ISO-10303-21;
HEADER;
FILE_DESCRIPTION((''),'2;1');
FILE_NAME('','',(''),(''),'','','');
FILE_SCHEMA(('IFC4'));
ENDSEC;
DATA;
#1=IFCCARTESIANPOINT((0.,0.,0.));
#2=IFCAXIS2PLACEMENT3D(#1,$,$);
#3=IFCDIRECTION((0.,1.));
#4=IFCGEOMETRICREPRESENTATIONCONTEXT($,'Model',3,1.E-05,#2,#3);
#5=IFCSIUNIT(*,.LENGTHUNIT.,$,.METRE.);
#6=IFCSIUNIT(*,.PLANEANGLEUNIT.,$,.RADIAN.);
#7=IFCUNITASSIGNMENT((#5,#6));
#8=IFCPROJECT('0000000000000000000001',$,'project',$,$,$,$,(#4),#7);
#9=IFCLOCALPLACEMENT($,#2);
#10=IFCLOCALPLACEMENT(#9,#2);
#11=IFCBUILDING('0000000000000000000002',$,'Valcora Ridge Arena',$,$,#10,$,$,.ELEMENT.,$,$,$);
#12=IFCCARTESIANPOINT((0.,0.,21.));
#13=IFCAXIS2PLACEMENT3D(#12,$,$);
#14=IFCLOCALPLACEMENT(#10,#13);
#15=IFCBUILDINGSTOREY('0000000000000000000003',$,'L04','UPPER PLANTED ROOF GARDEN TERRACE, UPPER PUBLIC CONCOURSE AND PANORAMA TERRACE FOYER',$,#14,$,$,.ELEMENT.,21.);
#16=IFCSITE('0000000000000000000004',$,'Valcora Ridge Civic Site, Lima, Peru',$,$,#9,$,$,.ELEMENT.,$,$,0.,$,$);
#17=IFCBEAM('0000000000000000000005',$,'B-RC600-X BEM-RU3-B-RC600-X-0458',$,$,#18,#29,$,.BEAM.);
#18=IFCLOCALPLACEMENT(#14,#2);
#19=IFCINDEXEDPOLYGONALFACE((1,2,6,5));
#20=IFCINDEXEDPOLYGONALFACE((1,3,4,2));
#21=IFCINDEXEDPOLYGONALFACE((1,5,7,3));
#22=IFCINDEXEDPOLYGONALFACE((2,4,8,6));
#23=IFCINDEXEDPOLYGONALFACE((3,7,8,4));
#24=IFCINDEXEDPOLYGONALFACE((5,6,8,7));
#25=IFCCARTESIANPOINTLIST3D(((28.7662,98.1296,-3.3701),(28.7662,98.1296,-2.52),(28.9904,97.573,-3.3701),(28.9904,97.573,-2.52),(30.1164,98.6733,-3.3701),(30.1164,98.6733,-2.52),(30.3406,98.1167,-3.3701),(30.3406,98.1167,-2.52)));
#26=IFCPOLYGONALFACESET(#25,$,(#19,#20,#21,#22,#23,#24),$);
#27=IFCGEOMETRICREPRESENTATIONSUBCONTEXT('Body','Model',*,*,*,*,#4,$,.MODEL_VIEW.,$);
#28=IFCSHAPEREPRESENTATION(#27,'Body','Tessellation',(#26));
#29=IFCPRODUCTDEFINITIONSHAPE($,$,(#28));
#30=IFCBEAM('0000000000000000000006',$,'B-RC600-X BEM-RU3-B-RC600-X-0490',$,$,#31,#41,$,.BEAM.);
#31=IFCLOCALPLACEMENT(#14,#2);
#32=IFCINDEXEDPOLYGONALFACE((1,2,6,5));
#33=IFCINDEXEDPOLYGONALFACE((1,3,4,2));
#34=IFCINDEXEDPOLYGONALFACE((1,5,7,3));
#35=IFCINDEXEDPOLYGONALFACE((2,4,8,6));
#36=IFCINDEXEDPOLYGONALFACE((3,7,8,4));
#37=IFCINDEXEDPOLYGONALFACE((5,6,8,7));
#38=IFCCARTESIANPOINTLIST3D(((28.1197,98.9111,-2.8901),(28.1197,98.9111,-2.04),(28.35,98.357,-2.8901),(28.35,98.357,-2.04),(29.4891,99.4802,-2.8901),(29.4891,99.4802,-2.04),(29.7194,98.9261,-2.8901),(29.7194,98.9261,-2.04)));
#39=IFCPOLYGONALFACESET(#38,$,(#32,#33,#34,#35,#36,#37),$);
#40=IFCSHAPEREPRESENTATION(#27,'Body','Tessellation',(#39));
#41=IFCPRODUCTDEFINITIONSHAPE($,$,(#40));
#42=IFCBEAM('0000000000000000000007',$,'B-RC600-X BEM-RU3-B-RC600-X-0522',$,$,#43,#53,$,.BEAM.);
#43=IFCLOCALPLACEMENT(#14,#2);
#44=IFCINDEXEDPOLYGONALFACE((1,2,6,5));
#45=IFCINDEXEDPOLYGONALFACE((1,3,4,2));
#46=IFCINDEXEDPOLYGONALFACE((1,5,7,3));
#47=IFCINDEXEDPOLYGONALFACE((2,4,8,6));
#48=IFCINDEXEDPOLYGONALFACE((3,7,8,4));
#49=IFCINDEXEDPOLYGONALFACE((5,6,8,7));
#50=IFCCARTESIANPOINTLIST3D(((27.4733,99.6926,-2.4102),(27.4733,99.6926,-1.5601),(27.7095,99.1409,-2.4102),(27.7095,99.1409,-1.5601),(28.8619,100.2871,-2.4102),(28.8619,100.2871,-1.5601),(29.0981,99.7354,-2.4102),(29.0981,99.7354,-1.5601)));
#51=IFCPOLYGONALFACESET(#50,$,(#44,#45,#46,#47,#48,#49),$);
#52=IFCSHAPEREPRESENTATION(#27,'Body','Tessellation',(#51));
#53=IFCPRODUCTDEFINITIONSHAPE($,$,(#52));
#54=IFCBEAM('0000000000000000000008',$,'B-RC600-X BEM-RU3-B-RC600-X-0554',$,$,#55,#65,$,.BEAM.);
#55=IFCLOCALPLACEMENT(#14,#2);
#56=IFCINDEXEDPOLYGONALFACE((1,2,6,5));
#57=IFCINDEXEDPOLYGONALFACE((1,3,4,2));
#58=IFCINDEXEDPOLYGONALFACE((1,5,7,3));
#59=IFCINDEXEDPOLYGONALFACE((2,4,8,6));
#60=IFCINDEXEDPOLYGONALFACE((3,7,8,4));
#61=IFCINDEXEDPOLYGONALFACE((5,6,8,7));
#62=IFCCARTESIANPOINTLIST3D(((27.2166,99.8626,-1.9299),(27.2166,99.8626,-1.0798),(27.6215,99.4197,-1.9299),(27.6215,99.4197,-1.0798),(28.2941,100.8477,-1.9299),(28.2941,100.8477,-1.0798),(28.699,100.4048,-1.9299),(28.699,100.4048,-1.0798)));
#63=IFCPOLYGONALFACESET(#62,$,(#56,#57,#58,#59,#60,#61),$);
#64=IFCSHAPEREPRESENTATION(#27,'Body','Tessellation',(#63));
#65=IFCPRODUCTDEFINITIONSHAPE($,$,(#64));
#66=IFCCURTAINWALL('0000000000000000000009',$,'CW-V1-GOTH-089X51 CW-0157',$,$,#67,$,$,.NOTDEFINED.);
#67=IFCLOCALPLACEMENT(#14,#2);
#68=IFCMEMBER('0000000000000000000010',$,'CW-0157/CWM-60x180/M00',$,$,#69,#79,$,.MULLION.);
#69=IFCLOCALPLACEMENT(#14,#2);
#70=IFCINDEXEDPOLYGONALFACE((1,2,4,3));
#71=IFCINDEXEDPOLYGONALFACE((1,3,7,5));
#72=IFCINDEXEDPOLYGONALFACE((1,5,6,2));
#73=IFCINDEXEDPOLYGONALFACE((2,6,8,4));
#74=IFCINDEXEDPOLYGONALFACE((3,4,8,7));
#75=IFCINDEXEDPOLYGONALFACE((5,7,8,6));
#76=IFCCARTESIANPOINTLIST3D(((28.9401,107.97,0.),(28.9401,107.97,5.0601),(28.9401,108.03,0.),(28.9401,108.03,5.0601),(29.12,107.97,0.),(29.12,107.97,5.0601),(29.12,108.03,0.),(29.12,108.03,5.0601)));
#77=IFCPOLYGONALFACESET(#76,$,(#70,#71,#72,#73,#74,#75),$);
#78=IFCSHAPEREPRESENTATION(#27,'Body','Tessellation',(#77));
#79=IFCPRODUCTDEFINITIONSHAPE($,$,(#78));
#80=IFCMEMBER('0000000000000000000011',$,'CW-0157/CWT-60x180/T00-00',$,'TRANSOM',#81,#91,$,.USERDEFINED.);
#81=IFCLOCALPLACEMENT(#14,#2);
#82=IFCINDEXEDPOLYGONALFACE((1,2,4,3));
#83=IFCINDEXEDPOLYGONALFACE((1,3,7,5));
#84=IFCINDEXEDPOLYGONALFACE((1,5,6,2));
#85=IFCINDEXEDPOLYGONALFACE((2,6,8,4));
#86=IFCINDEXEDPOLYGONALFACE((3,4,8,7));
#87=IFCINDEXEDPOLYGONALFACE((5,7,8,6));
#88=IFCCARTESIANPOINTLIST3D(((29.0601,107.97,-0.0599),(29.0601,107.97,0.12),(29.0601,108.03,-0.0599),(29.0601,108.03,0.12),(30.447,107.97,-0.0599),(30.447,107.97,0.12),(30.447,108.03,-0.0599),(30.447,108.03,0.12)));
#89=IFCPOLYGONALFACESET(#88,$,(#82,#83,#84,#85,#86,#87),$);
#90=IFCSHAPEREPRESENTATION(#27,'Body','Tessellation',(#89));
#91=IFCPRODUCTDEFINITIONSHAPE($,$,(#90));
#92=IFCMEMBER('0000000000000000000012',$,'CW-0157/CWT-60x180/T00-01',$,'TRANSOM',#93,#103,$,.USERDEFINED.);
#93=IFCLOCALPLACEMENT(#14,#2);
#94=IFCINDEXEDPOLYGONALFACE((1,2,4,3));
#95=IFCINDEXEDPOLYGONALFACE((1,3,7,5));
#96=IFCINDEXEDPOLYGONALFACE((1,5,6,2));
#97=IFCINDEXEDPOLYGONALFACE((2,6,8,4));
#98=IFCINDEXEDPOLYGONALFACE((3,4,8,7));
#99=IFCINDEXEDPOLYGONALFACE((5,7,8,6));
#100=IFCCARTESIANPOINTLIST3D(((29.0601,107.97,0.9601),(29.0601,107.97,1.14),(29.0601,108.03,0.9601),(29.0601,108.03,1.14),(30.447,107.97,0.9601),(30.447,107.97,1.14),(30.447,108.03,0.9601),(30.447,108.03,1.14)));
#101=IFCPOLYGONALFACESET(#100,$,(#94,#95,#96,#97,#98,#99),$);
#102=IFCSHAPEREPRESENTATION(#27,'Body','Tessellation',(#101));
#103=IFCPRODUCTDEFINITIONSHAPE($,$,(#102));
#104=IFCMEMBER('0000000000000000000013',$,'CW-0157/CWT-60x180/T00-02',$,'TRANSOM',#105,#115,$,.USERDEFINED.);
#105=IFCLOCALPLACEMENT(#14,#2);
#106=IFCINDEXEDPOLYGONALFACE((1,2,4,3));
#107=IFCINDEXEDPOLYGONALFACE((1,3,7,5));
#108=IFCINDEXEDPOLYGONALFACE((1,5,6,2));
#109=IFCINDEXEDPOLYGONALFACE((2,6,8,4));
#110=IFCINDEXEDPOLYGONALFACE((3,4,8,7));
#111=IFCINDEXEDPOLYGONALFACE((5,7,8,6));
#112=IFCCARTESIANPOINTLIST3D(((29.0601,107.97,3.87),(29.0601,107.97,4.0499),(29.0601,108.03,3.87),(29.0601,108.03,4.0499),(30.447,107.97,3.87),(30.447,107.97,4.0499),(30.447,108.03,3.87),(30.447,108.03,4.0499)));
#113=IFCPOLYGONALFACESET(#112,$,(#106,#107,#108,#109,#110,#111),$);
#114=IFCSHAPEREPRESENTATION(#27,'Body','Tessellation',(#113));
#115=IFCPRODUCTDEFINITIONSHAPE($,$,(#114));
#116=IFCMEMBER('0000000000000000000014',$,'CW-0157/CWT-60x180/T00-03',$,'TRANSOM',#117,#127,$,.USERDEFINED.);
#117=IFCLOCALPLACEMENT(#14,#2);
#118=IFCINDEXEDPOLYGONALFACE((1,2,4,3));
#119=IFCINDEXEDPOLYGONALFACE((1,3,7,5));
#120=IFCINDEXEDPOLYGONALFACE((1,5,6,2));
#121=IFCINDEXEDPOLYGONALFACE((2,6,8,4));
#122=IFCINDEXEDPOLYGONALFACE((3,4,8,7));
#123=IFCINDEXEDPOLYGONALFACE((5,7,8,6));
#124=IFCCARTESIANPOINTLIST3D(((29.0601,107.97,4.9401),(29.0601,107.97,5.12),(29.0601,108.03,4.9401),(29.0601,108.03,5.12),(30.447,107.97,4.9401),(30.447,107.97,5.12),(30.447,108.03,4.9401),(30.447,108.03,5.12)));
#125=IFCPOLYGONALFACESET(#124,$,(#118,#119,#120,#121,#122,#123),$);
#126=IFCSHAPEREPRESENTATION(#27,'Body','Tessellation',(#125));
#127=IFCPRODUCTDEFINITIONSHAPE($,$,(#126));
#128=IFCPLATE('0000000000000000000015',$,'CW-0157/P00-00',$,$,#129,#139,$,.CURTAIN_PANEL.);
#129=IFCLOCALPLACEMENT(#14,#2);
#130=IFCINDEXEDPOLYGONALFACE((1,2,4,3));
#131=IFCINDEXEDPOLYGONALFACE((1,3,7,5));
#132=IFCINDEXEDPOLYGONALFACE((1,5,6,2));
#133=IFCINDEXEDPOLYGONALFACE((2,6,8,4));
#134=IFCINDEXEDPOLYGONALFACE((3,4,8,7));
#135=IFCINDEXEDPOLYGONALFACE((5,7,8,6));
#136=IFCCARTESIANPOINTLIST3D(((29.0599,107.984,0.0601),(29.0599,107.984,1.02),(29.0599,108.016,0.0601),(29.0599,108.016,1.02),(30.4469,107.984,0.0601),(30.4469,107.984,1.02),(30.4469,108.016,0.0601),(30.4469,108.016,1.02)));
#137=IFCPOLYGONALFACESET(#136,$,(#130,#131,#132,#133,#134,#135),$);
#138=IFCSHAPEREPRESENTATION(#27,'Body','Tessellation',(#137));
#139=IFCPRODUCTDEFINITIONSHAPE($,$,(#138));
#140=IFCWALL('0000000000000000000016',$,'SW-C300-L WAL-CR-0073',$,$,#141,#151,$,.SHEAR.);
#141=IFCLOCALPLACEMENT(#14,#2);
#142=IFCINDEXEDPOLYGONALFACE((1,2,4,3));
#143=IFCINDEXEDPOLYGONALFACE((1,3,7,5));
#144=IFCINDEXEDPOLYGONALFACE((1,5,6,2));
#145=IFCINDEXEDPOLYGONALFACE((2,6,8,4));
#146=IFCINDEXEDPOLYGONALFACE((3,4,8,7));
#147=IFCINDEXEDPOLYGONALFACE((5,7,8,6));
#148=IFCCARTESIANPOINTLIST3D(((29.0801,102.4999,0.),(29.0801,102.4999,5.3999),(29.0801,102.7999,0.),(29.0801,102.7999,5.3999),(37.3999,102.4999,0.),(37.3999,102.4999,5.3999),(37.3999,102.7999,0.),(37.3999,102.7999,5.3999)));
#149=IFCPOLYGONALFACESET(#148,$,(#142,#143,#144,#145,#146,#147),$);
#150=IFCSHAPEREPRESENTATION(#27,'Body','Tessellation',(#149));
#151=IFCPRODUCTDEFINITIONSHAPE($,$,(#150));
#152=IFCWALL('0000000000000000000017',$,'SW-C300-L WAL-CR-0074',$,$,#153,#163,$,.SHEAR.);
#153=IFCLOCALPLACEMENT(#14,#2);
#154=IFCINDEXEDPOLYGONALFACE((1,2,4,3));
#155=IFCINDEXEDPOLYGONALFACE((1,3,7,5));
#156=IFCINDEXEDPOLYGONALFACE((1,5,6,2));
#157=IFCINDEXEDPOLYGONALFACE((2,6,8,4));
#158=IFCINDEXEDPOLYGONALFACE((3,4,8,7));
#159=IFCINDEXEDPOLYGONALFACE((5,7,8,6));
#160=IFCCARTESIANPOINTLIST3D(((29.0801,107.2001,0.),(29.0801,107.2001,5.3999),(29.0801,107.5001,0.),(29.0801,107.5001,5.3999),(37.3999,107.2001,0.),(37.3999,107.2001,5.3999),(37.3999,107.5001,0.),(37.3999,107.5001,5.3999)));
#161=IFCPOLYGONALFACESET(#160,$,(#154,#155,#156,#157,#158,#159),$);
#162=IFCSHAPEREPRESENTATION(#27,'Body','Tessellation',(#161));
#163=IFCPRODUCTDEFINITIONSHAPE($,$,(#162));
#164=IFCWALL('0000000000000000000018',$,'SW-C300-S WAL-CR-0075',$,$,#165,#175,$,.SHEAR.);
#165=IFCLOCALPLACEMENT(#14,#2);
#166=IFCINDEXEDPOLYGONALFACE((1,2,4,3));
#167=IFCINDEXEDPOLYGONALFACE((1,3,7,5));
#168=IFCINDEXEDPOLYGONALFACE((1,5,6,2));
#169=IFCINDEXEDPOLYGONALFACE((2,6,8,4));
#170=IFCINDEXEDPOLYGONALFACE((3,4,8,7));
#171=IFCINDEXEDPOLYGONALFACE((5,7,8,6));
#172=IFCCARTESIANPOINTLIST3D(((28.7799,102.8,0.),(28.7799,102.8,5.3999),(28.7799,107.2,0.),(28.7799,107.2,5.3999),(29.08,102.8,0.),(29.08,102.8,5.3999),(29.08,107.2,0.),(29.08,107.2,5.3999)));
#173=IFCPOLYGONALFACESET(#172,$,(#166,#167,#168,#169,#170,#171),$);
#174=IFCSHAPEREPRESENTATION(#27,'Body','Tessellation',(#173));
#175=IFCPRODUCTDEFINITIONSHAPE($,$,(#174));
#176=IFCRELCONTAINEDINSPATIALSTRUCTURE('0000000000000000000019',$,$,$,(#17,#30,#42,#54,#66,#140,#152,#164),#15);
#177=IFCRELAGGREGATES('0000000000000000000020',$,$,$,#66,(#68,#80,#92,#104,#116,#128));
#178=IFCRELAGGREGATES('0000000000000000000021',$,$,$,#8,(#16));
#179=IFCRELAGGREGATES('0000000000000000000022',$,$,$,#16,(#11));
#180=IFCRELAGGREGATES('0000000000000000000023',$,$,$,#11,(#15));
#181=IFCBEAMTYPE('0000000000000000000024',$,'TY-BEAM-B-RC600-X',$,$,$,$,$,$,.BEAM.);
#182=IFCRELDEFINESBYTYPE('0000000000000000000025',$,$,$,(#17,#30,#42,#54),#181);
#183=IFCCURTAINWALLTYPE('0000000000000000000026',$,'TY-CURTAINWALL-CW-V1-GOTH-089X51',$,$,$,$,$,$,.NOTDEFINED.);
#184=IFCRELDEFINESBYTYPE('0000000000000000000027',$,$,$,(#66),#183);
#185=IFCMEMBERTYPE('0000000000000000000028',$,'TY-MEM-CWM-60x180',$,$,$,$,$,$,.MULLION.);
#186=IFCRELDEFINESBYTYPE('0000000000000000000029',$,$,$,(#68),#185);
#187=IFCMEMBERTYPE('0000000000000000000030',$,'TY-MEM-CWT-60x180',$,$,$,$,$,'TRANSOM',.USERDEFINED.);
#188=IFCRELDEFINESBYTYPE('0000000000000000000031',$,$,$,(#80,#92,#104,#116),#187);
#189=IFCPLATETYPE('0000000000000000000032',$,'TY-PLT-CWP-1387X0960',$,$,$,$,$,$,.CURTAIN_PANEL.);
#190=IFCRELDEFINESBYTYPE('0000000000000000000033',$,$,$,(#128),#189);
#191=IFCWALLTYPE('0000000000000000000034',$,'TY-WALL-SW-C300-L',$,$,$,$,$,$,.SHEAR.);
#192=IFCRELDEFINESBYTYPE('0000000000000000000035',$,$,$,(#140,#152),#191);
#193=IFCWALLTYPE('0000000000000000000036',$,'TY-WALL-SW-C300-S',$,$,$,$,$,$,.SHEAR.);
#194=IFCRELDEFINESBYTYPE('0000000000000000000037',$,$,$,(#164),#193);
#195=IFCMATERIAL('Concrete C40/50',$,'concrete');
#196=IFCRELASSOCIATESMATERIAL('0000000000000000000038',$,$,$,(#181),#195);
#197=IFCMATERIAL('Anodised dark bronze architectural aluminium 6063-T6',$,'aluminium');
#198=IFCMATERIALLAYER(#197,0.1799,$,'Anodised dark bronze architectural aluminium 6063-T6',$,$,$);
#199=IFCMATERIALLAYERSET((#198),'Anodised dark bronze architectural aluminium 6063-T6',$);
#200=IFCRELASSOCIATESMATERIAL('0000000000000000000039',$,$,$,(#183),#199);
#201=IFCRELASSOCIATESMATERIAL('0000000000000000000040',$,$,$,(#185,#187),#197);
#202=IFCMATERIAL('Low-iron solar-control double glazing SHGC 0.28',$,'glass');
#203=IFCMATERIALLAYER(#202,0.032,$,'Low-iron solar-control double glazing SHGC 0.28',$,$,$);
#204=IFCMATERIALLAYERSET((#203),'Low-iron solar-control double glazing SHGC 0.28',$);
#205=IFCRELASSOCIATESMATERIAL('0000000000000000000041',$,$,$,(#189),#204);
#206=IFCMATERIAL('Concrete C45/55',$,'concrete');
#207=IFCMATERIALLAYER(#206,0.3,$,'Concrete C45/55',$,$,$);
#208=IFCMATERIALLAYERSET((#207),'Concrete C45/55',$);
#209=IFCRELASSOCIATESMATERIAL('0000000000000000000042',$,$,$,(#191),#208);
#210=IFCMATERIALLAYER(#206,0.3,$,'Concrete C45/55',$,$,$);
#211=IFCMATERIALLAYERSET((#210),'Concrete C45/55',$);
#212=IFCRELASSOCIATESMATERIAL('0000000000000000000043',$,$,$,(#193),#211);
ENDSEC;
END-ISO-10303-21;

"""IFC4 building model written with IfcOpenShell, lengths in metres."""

from ifc_helpers import new_model, si_unit, direction, frame, frame_2d, origin, origin_2d, place, context, subcontext, project, spatial, rectangle, extrude, material, layer, layer_set, material_profile, profile_set, type_object, element, aggregate, save


model = new_model("IFC4")

# Units and contexts
model_context = context("Model", 3, precision=1e-05, world=origin(), true_north=direction((0.0, 1.0)))
body_context = subcontext(model_context, "Body", "Model", "MODEL_VIEW")
ifc_project = project(units=[si_unit("LENGTHUNIT", "METRE"), si_unit("PLANEANGLEUNIT", "RADIAN")], contexts=[model_context])

# Site, building, storey
site_placement = place(None, origin())
site = spatial("IfcSite", under=ifc_project, at=site_placement, Name="Valcora Ridge Civic Site, Lima, Peru", CompositionType="ELEMENT", RefElevation=0.0)
building_placement = place(site_placement, origin())
building = spatial("IfcBuilding", under=site, at=building_placement, Name="Valcora Ridge Arena", CompositionType="ELEMENT")
storey_placement = place(building_placement, frame((0.0, 0.0, 21.0)))
storey = spatial("IfcBuildingStorey", under=building, at=storey_placement, Name="L04", Description="UPPER PLANTED ROOF GARDEN TERRACE, UPPER PUBLIC CONCOURSE AND PANORAMA TERRACE FOYER", CompositionType="ELEMENT", Elevation=21.0)

# Beams
ifc_material_1 = material(Name="Concrete C40/50", Category="concrete")
ifc_material_profile_1 = material_profile(ifc_material_1, rectangle(XDim=0.6001, YDim=0.8501, at=origin_2d()), Name="RC 600x850")
ifc_profile_set_1 = profile_set([ifc_material_profile_1], Name="Concrete C40/50")
beam_type = type_object("IfcBeamType", Name="TY-BEAM-B-RC600-X", PredefinedType="BEAM", material=ifc_profile_set_1)
beam_1_placement = place(storey_placement, frame((30.2285, 98.395, -2.9451), z_axis=(-0.927607, -0.373559, 0.0), x_axis=(0.373559, -0.927607, 0.0)))
element("IfcBeam", 1, at=beam_1_placement, inside=storey, type_object=beam_type, Name="B-RC600-X BEM-RU3-B-RC600-X-0458", PredefinedType="BEAM", context=body_context, shape_type="SweptSolid", body=[
    extrude(rectangle(XDim=0.6001, YDim=0.8501, at=origin_2d()), origin(), (0.0, 0.0, 1.0), 1.4556),
])
beam_2_placement = place(storey_placement, frame((29.6042, 99.2031, -2.4651), z_axis=(-0.923432, -0.383762, 0.0), x_axis=(0.383762, -0.923432, 0.0)))
element("IfcBeam", 2, at=beam_2_placement, inside=storey, type_object=beam_type, Name="B-RC600-X BEM-RU3-B-RC600-X-0490", PredefinedType="BEAM", context=body_context, shape_type="SweptSolid", body=[
    extrude(rectangle(XDim=0.6001, YDim=0.8501, at=origin_2d()), origin(), (0.0, 0.0, 1.0), 1.4829),
])
beam_3_placement = place(storey_placement, frame((28.98, 100.0112, -1.9851), z_axis=(-0.919304, -0.393549, 0.0), x_axis=(0.393549, -0.919304, 0.0)))
element("IfcBeam", 3, at=beam_3_placement, inside=storey, type_object=beam_type, Name="B-RC600-X BEM-RU3-B-RC600-X-0522", PredefinedType="BEAM", context=body_context, shape_type="SweptSolid", body=[
    extrude(rectangle(XDim=0.6001, YDim=0.8501, at=origin_2d()), origin(), (0.0, 0.0, 1.0), 1.5105),
])
beam_4_placement = place(storey_placement, frame((28.4966, 100.6262, -1.5049), z_axis=(-0.738084, -0.674709, 0.0), x_axis=(0.674709, -0.738084, 0.0)))
element("IfcBeam", 4, at=beam_4_placement, inside=storey, type_object=beam_type, Name="B-RC600-X BEM-RU3-B-RC600-X-0554", PredefinedType="BEAM", context=body_context, shape_type="SweptSolid", body=[
    extrude(rectangle(XDim=0.6001, YDim=0.8501, at=origin_2d()), origin(), (0.0, 0.0, 1.0), 1.46),
])

# Curtain wall, members, plate
ifc_material_2 = material(Name="Anodised dark bronze architectural aluminium 6063-T6", Category="aluminium")
ifc_layer_1 = layer(ifc_material_2, 0.1799, Name="Anodised dark bronze architectural aluminium 6063-T6")
ifc_layer_set_1 = layer_set([ifc_layer_1], Name="Anodised dark bronze architectural aluminium 6063-T6")
curtain_wall_type = type_object("IfcCurtainWallType", Name="TY-CURTAINWALL-CW-V1-GOTH-089X51", PredefinedType="NOTDEFINED", material=ifc_layer_set_1)
curtain_wall_placement = place(storey_placement, origin())
curtain_wall = element("IfcCurtainWall", 5, at=curtain_wall_placement, inside=storey, type_object=curtain_wall_type, Name="CW-V1-GOTH-089X51 CW-0157", PredefinedType="NOTDEFINED")
ifc_material_profile_2 = material_profile(ifc_material_2, rectangle(XDim=0.0601, YDim=0.1799, at=origin_2d()), Name="ALU MULLION 60x180")
ifc_profile_set_2 = profile_set([ifc_material_profile_2], Name="Anodised dark bronze architectural aluminium 6063-T6")
member_type_1 = type_object("IfcMemberType", Name="TY-MEM-CWM-60x180", PredefinedType="MULLION", material=ifc_profile_set_2)
member_1_placement = place(storey_placement, frame((29.03, 108.0, 0.0), z_axis=(0.0, 0.0, 1.0), x_axis=(0.0, 1.0, 0.0)))
member_1 = element("IfcMember", 6, at=member_1_placement, type_object=member_type_1, Name="CW-0157/CWM-60x180/M00", PredefinedType="MULLION", context=body_context, shape_type="SweptSolid", body=[
    extrude(rectangle(XDim=0.0601, YDim=0.1799, at=origin_2d()), origin(), (0.0, 0.0, 1.0), 5.0601),
])
ifc_material_profile_3 = material_profile(ifc_material_2, rectangle(XDim=0.0601, YDim=0.1799, at=origin_2d()), Name="ALU TRANSOM 60x180")
ifc_profile_set_3 = profile_set([ifc_material_profile_3], Name="Anodised dark bronze architectural aluminium 6063-T6")
member_type_2 = type_object("IfcMemberType", Name="TY-MEM-CWT-60x180", ElementType="TRANSOM", PredefinedType="USERDEFINED", material=ifc_profile_set_3)
member_2_placement = place(storey_placement, frame((29.0601, 108.0, 0.03), z_axis=(1.0, 0.0, 0.0), x_axis=(0.0, 1.0, 0.0)))
member_2 = element("IfcMember", 7, at=member_2_placement, type_object=member_type_2, Name="CW-0157/CWT-60x180/T00-00", ObjectType="TRANSOM", PredefinedType="USERDEFINED", context=body_context, shape_type="SweptSolid", body=[
    extrude(rectangle(XDim=0.0601, YDim=0.1799, at=origin_2d()), origin(), (0.0, 0.0, 1.0), 1.387),
])
member_3_placement = place(storey_placement, frame((29.0601, 108.0, 1.05), z_axis=(1.0, 0.0, 0.0), x_axis=(0.0, 1.0, 0.0)))
member_3 = element("IfcMember", 8, at=member_3_placement, type_object=member_type_2, Name="CW-0157/CWT-60x180/T00-01", ObjectType="TRANSOM", PredefinedType="USERDEFINED", context=body_context, shape_type="SweptSolid", body=[
    extrude(rectangle(XDim=0.0601, YDim=0.1799, at=origin_2d()), origin(), (0.0, 0.0, 1.0), 1.387),
])
member_4_placement = place(storey_placement, frame((29.0601, 108.0, 3.96), z_axis=(1.0, 0.0, 0.0), x_axis=(0.0, 1.0, 0.0)))
member_4 = element("IfcMember", 9, at=member_4_placement, type_object=member_type_2, Name="CW-0157/CWT-60x180/T00-02", ObjectType="TRANSOM", PredefinedType="USERDEFINED", context=body_context, shape_type="SweptSolid", body=[
    extrude(rectangle(XDim=0.0601, YDim=0.1799, at=origin_2d()), origin(), (0.0, 0.0, 1.0), 1.387),
])
member_5_placement = place(storey_placement, frame((29.0601, 108.0, 5.03), z_axis=(1.0, 0.0, 0.0), x_axis=(0.0, 1.0, 0.0)))
member_5 = element("IfcMember", 10, at=member_5_placement, type_object=member_type_2, Name="CW-0157/CWT-60x180/T00-03", ObjectType="TRANSOM", PredefinedType="USERDEFINED", context=body_context, shape_type="SweptSolid", body=[
    extrude(rectangle(XDim=0.0601, YDim=0.1799, at=origin_2d()), origin(), (0.0, 0.0, 1.0), 1.387),
])
ifc_material_3 = material(Name="Low-iron solar-control double glazing SHGC 0.28", Category="glass")
ifc_layer_2 = layer(ifc_material_3, 0.032, Name="Low-iron solar-control double glazing SHGC 0.28")
ifc_layer_set_2 = layer_set([ifc_layer_2], Name="Low-iron solar-control double glazing SHGC 0.28")
plate_type = type_object("IfcPlateType", Name="TY-PLT-CWP-1387X0960", PredefinedType="CURTAIN_PANEL", material=ifc_layer_set_2)
plate_placement = place(storey_placement, frame((29.7534, 108.0, 0.0601), z_axis=(0.0, 0.0, 1.0), x_axis=(1.0, 0.0, 0.0)))
plate = element("IfcPlate", 11, at=plate_placement, type_object=plate_type, Name="CW-0157/P00-00", PredefinedType="CURTAIN_PANEL", context=body_context, shape_type="SweptSolid", body=[
    extrude(rectangle(XDim=1.387, YDim=0.032, at=origin_2d()), origin(), (0.0, 0.0, 1.0), 0.96),
])
aggregate(curtain_wall, [member_1, member_2, member_3, member_4, member_5, plate])

# Walls
ifc_material_4 = material(Name="Concrete C45/55", Category="concrete")
ifc_layer_3 = layer(ifc_material_4, 0.3, Name="Concrete C45/55")
ifc_layer_set_3 = layer_set([ifc_layer_3], Name="Concrete C45/55")
wall_type_1 = type_object("IfcWallType", Name="TY-WALL-SW-C300-L", PredefinedType="SHEAR", material=ifc_layer_set_3)
for number, where, z_axis, x_axis, name in (
    (12, (29.0801, 102.6499, 0.0), (0.0, 0.0, 1.0), (1.0, 0.0, 0.0), "SW-C300-L WAL-CR-0073"),
    (13, (29.0801, 107.3501, 0.0), (0.0, 0.0, 1.0), (1.0, 0.0, 0.0), "SW-C300-L WAL-CR-0074"),
):
    element("IfcWall", number, at=place(storey_placement, frame(where, z_axis=z_axis, x_axis=x_axis)), inside=storey, type_object=wall_type_1, Name=name, PredefinedType="SHEAR", context=body_context, shape_type="SweptSolid", body=[
        extrude(rectangle(XDim=8.3198, YDim=0.3, at=frame_2d((4.1599, 0.0))), origin(), (0.0, 0.0, 1.0), 5.3999),
    ])
ifc_layer_4 = layer(ifc_material_4, 0.3, Name="Concrete C45/55")
ifc_layer_set_4 = layer_set([ifc_layer_4], Name="Concrete C45/55")
wall_type_2 = type_object("IfcWallType", Name="TY-WALL-SW-C300-S", PredefinedType="SHEAR", material=ifc_layer_set_4)
wall_1_placement = place(storey_placement, frame((28.9299, 102.8, 0.0), z_axis=(0.0, 0.0, 1.0), x_axis=(0.0, 1.0, 0.0)))
element("IfcWall", 14, at=wall_1_placement, inside=storey, type_object=wall_type_2, Name="SW-C300-S WAL-CR-0075", PredefinedType="SHEAR", context=body_context, shape_type="SweptSolid", body=[
    extrude(rectangle(XDim=4.3999, YDim=0.3, at=frame_2d((2.2, 0.0))), origin(), (0.0, 0.0, 1.0), 5.3999),
])

save(model, "model.ifc")
